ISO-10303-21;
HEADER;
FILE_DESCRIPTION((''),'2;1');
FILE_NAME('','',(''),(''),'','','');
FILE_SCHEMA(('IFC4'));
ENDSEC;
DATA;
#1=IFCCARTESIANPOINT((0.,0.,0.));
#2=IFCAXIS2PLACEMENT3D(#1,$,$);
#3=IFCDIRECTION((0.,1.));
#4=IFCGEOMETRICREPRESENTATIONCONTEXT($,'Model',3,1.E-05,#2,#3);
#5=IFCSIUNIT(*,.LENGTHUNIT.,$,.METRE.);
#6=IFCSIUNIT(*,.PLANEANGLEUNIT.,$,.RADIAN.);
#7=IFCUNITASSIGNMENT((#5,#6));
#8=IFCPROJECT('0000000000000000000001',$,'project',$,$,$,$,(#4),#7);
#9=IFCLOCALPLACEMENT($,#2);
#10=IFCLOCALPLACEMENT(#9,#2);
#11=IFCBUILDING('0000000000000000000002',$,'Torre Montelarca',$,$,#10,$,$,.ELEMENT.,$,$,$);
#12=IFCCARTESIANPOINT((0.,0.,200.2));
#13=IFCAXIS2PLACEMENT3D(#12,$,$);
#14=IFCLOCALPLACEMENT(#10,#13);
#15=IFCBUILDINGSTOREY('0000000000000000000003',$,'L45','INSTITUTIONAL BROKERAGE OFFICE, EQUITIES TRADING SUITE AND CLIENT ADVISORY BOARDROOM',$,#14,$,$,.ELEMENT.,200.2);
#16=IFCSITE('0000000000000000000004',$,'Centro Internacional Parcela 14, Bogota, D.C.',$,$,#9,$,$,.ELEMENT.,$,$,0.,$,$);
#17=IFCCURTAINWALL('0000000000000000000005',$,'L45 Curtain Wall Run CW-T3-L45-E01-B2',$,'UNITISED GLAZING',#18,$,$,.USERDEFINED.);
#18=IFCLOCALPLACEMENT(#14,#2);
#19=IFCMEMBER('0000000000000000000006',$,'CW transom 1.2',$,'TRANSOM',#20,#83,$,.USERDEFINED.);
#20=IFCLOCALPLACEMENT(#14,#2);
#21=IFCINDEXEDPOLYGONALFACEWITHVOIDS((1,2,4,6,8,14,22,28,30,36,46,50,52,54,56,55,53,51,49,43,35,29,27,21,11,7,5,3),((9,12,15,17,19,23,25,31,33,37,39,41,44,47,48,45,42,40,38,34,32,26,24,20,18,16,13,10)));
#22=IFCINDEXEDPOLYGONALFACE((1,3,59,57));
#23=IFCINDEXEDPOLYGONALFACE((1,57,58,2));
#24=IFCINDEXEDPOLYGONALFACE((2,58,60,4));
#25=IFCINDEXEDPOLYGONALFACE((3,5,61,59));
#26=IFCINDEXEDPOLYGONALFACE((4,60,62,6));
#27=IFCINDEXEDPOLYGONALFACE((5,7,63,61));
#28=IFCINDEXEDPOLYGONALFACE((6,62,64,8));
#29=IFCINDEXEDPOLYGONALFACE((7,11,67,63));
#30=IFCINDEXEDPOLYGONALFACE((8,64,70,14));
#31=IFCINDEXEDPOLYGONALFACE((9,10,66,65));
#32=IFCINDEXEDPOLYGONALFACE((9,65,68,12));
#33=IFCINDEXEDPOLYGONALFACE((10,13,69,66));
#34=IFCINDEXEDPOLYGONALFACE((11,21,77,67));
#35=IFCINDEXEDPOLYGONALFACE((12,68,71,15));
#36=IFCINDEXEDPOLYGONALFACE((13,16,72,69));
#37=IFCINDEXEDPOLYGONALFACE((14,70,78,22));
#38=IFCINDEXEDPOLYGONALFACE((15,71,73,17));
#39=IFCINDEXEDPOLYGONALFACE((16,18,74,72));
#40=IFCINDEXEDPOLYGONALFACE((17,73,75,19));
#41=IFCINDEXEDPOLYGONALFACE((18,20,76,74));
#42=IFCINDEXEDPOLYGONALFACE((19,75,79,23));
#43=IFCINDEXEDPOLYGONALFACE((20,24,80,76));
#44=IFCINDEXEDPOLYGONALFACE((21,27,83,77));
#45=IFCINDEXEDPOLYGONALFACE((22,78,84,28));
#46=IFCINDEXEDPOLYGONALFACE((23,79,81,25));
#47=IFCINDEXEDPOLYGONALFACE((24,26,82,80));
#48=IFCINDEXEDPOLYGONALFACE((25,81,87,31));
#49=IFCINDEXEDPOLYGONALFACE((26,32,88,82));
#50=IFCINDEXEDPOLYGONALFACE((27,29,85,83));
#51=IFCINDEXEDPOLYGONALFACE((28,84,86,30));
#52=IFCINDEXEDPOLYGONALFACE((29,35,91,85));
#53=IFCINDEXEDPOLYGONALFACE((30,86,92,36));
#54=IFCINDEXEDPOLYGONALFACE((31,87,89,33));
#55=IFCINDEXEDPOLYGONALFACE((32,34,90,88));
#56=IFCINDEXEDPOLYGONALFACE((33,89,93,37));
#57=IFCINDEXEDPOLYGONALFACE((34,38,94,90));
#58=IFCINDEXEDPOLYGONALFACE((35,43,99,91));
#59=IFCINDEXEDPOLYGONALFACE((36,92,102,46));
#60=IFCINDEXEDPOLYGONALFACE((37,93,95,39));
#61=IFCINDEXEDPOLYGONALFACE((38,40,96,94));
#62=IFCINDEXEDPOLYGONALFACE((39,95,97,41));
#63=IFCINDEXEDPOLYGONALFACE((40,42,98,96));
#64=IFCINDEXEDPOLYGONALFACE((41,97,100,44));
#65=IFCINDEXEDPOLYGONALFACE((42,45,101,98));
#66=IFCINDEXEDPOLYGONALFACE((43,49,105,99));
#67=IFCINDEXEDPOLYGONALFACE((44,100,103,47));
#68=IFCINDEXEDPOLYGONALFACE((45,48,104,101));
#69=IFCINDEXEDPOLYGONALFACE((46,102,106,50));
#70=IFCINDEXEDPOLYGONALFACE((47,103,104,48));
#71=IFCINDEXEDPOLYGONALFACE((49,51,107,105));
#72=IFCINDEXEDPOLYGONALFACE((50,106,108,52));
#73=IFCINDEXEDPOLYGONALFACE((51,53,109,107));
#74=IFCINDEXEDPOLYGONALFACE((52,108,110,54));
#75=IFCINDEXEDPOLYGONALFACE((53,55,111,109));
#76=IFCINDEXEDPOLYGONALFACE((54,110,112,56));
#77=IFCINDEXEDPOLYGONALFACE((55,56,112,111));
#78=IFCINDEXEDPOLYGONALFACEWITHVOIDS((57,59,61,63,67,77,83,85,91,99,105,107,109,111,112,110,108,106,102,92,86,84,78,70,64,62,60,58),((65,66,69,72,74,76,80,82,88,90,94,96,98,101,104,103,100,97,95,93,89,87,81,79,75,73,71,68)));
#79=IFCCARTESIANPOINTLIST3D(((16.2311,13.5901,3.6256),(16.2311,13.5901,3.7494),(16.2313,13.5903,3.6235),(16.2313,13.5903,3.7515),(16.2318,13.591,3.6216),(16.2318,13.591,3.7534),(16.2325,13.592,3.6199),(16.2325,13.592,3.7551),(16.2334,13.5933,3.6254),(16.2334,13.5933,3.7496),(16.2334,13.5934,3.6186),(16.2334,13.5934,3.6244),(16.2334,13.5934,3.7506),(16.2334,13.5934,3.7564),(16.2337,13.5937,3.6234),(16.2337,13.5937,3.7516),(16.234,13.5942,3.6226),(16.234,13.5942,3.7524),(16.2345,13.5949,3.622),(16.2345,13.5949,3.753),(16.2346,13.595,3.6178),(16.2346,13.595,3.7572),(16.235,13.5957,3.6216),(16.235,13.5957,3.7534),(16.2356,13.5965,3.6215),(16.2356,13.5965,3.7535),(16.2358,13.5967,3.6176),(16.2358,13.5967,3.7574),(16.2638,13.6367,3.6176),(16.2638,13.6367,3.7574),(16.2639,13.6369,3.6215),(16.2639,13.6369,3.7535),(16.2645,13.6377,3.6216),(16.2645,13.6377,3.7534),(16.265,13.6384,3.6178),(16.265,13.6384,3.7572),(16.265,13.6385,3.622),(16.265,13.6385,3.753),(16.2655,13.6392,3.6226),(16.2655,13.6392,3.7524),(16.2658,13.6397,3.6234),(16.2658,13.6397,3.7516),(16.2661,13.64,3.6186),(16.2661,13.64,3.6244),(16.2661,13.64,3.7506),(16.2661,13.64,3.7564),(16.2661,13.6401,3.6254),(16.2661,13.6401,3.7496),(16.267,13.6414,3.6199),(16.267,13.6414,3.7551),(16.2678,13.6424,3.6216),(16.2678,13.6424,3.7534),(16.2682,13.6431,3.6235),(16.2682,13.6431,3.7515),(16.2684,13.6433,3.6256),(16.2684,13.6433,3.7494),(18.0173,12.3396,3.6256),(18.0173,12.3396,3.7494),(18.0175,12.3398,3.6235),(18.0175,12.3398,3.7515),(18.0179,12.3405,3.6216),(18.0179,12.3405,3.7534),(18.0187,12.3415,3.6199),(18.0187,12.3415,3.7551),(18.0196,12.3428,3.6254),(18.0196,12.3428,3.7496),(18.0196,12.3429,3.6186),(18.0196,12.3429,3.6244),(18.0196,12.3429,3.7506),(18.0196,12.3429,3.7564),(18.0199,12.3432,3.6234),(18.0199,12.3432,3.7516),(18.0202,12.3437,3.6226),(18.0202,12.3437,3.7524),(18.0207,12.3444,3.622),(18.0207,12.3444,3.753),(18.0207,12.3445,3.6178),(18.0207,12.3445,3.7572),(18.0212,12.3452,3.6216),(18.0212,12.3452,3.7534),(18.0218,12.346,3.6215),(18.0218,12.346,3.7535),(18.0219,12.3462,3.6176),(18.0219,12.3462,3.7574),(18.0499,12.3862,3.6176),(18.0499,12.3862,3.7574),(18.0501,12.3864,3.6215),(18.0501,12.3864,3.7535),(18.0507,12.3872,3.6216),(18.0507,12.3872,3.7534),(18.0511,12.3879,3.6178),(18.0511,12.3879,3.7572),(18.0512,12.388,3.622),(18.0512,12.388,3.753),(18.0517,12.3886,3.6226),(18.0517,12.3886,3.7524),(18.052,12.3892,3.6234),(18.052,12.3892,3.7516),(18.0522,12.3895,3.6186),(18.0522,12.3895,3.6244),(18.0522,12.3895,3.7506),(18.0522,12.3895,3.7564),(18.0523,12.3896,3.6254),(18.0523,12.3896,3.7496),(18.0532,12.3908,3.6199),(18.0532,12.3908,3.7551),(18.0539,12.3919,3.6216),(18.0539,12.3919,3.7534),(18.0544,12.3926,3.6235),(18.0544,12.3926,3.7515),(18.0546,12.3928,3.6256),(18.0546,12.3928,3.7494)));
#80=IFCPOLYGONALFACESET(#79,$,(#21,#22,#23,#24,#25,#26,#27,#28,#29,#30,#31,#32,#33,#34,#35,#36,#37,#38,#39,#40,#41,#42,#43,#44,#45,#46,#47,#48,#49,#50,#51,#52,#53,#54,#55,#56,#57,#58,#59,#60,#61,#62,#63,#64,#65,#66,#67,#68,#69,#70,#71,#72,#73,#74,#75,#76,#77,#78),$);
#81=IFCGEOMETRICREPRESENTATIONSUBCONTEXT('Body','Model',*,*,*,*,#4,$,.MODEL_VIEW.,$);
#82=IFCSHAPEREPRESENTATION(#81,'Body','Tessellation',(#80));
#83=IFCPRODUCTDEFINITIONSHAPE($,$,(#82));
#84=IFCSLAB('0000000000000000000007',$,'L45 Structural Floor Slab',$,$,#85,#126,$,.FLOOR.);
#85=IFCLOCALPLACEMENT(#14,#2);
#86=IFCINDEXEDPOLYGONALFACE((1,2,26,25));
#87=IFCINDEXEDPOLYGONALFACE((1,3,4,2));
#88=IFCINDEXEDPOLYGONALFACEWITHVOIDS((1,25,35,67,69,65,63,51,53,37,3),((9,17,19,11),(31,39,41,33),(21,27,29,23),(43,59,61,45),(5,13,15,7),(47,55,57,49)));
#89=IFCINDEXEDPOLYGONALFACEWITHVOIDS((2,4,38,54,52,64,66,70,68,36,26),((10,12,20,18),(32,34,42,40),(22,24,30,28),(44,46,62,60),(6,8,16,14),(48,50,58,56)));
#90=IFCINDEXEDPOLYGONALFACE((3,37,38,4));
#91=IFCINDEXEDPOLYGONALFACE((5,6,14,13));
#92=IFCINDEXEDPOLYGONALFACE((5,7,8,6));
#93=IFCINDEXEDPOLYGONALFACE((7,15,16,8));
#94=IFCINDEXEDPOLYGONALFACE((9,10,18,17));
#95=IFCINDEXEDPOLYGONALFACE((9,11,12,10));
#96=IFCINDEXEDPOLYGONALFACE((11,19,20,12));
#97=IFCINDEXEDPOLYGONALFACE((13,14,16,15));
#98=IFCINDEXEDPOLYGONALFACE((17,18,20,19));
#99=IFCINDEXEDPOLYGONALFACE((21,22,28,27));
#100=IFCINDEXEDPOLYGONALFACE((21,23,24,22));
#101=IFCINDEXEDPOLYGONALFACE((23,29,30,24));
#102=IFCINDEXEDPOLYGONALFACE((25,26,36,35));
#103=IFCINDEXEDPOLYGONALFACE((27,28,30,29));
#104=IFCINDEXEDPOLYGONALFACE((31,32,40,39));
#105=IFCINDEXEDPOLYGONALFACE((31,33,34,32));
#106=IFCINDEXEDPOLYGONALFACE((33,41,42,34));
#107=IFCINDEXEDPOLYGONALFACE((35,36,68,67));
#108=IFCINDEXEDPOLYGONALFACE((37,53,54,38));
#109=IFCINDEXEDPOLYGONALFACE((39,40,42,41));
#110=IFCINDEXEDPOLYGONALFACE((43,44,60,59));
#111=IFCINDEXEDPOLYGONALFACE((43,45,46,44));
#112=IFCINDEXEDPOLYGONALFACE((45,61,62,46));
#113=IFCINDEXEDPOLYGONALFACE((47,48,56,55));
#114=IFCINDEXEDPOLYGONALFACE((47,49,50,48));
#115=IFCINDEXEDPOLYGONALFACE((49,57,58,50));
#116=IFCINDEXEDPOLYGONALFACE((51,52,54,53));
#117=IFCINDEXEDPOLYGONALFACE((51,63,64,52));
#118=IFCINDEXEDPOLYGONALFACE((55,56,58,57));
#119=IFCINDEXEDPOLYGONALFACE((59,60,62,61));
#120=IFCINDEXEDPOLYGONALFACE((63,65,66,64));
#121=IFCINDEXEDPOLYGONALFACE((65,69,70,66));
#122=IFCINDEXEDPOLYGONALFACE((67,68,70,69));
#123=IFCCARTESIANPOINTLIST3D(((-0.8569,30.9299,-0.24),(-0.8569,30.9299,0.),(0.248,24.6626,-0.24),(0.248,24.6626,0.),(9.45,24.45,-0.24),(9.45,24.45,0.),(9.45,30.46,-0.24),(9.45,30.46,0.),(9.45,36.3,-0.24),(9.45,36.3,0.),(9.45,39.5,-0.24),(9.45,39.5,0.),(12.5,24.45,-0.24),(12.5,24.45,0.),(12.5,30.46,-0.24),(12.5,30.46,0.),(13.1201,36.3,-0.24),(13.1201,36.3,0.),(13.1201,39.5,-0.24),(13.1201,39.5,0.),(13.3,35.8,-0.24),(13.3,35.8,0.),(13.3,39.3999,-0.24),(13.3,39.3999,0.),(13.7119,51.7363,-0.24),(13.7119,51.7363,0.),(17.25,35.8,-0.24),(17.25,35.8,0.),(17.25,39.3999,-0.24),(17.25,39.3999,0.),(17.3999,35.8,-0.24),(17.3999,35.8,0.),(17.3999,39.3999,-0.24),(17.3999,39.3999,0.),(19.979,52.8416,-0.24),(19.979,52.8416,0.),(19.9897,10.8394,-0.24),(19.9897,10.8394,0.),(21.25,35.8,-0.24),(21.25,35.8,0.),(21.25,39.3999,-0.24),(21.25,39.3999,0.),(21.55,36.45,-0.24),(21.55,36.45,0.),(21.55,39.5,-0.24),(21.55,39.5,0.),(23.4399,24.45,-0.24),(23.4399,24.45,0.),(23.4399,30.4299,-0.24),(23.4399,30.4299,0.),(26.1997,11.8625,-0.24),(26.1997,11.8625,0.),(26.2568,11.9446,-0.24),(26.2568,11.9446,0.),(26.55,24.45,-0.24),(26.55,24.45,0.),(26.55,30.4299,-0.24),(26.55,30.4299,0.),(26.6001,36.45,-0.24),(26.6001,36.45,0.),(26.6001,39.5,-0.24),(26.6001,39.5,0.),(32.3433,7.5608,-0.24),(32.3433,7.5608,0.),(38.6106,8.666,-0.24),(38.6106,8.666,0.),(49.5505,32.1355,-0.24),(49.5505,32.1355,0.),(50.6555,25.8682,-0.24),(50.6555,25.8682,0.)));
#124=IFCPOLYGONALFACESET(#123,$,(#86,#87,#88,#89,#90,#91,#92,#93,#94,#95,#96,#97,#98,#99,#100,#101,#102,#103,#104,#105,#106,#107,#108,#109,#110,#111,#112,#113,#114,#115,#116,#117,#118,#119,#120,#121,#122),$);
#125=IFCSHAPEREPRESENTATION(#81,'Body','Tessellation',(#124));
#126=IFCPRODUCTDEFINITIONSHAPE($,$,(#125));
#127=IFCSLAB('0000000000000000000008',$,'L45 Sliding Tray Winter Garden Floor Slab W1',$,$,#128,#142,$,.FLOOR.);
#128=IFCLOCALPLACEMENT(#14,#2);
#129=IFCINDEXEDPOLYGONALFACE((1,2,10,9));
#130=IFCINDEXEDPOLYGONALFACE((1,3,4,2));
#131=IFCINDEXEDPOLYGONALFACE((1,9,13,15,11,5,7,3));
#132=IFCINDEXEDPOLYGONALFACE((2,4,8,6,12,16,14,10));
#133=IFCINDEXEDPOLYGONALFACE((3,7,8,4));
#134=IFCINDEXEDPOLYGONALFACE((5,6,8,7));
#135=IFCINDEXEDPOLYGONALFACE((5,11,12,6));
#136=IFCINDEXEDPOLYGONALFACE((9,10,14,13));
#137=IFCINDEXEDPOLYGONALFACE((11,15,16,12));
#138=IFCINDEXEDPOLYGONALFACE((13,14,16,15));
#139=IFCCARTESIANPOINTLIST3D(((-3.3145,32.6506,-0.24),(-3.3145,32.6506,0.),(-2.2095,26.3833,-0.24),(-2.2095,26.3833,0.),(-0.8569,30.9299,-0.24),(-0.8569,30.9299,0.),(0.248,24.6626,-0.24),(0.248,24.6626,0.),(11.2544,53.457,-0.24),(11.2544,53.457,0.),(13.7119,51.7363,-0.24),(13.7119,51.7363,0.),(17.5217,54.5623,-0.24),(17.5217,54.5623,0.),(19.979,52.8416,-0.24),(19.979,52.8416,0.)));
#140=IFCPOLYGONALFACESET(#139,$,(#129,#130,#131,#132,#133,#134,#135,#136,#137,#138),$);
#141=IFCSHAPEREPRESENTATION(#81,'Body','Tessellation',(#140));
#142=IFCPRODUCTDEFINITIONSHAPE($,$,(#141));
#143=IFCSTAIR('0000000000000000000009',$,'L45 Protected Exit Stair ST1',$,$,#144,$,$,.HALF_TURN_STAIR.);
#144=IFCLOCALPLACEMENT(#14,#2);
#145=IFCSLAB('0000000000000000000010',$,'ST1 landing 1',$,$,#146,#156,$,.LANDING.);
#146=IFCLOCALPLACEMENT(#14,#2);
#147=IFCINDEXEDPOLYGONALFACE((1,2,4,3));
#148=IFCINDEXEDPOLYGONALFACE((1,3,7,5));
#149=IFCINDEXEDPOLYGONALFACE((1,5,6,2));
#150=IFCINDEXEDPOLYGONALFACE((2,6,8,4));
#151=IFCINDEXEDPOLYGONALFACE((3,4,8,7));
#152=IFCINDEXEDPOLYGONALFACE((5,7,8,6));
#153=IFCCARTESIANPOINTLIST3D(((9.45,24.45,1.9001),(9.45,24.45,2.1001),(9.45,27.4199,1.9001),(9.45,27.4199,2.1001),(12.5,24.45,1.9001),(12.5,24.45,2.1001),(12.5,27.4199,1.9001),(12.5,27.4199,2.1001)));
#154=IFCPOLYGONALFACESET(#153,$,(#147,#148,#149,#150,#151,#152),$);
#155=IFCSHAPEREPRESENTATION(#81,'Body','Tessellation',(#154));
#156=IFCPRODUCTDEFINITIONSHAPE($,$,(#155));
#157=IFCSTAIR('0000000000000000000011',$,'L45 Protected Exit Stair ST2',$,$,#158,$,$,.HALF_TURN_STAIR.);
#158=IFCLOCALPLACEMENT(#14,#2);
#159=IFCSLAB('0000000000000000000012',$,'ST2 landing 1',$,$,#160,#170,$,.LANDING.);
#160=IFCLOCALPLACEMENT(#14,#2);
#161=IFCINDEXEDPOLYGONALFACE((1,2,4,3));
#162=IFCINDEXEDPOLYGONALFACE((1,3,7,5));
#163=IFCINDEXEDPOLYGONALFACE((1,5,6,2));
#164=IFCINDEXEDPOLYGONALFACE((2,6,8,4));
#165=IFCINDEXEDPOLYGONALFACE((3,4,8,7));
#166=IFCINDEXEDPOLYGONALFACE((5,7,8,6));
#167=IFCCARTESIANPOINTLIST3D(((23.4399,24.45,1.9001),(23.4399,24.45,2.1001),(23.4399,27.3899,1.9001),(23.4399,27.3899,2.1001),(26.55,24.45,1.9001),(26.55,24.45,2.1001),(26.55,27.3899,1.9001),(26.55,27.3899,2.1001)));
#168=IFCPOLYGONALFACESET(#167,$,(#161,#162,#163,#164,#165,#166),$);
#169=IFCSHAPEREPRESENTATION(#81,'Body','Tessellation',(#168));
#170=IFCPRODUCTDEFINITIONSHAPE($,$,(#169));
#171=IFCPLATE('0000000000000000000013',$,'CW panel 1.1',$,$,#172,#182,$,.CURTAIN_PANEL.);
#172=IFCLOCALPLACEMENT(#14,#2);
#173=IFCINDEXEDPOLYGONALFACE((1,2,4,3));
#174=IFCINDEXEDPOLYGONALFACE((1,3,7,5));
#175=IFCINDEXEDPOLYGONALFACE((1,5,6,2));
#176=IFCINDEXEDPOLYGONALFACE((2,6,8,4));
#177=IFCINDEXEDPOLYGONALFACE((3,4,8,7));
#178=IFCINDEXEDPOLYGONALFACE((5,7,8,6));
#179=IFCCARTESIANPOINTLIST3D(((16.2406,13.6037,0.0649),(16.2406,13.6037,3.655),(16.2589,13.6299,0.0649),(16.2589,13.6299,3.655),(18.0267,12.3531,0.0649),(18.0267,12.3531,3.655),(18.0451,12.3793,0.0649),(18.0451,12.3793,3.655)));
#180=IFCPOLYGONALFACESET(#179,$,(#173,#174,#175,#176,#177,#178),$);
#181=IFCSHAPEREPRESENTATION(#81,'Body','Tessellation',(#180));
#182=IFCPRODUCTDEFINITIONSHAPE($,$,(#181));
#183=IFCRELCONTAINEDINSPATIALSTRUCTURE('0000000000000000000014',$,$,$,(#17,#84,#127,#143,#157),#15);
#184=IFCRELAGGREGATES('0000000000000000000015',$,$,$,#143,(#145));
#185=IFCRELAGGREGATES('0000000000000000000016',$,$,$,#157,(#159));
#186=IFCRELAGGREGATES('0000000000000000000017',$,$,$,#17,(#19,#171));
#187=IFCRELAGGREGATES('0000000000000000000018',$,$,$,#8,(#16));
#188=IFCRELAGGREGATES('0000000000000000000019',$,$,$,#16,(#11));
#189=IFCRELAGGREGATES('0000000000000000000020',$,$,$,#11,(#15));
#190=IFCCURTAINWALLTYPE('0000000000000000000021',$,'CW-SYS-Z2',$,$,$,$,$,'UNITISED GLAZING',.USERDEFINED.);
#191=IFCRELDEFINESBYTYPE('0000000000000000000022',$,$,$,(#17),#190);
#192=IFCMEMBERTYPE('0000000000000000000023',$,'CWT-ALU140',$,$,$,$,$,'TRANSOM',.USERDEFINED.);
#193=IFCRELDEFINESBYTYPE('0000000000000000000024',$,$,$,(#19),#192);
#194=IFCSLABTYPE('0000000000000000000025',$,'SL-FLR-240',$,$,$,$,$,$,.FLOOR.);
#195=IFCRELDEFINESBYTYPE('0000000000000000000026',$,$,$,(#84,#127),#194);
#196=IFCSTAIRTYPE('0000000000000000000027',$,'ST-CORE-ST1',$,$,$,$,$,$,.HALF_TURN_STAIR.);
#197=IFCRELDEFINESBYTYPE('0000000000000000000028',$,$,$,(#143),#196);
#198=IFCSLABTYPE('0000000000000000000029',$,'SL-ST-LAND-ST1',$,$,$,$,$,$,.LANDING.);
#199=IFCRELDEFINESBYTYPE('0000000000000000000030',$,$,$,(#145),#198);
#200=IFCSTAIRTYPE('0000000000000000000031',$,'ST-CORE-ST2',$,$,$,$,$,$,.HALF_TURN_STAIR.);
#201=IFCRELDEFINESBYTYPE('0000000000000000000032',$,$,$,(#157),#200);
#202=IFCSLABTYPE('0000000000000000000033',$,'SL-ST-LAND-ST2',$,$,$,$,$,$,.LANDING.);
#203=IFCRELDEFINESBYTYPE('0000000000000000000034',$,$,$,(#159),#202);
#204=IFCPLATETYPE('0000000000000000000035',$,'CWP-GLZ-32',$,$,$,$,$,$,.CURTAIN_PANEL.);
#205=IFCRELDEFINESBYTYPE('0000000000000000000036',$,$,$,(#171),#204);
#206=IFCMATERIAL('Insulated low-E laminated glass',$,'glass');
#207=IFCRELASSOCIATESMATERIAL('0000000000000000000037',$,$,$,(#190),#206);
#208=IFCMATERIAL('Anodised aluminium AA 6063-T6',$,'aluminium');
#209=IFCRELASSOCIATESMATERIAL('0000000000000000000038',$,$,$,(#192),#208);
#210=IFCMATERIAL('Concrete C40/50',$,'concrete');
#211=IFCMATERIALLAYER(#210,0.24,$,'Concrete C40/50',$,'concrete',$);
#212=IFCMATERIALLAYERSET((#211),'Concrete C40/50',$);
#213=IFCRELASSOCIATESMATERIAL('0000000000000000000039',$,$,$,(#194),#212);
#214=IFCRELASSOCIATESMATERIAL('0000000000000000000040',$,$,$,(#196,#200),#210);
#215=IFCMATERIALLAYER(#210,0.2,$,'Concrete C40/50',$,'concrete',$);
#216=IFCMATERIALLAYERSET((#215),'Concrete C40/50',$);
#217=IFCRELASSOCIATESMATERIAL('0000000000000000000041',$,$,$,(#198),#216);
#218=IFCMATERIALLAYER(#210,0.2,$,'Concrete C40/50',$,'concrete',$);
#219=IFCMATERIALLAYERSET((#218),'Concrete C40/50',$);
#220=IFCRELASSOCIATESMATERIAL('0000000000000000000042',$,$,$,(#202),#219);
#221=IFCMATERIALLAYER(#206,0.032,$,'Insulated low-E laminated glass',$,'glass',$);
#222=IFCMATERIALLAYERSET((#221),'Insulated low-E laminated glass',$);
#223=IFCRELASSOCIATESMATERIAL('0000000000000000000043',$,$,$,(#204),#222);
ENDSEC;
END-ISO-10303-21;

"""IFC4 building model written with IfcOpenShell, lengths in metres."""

from ifc_helpers import new_model, si_unit, direction, frame, origin, origin_2d, place, context, subcontext, project, spatial, polyline, rectangle, hollow_rectangle, outline, extrude, source, transform, mapped, material, layer, layer_set, material_profile, profile_set, type_object, element, aggregate, save


model = new_model("IFC4")

# Units and contexts
model_context = context("Model", 3, precision=1e-05, world=origin(), true_north=direction((0.0, 1.0)))
body_context = subcontext(model_context, "Body", "Model", "MODEL_VIEW")
ifc_project = project(units=[si_unit("LENGTHUNIT", "METRE"), si_unit("PLANEANGLEUNIT", "RADIAN")], contexts=[model_context])

# Site, building, storey
site_placement = place(None, origin())
site = spatial("IfcSite", under=ifc_project, at=site_placement, Name="Centro Internacional Parcela 14, Bogota, D.C.", CompositionType="ELEMENT", RefElevation=0.0)
building_placement = place(site_placement, origin())
building = spatial("IfcBuilding", under=site, at=building_placement, Name="Torre Montelarca", CompositionType="ELEMENT")
storey_placement = place(building_placement, frame((0.0, 0.0, 200.2)))
storey = spatial("IfcBuildingStorey", under=building, at=storey_placement, Name="L45", Description="INSTITUTIONAL BROKERAGE OFFICE, EQUITIES TRADING SUITE AND CLIENT ADVISORY BOARDROOM", CompositionType="ELEMENT", Elevation=200.2)

# Curtain wall
ifc_material_1 = material(Name="Insulated low-E laminated glass", Category="glass")
curtain_wall_type = type_object("IfcCurtainWallType", Name="CW-SYS-Z2", ElementType="UNITISED GLAZING", PredefinedType="USERDEFINED", material=ifc_material_1)
ifc_material_2 = material(Name="Anodised aluminium AA 6063-T6", Category="aluminium")
curtain_wall_1_placement = place(storey_placement, origin())
curtain_wall_1 = element("IfcCurtainWall", 1, at=curtain_wall_1_placement, inside=storey, type_object=curtain_wall_type, Name="L45 Curtain Wall Run CW-T3-L45-E01-B2", ObjectType="UNITISED GLAZING", PredefinedType="USERDEFINED")

# Member
ifc_material_profile_1 = material_profile(ifc_material_2, hollow_rectangle(XDim=0.0649, YDim=0.1399, WallThickness=0.0039, InnerFilletRadius=0.0039, OuterFilletRadius=0.0081, at=origin_2d()), Name="ALU65X140X4", Category="aluminium")
ifc_profile_set_1 = profile_set([ifc_material_profile_1], Name="Anodised aluminium AA 6063-T6")
member_type_1 = type_object("IfcMemberType", Name="CWT-ALU140", ElementType="TRANSOM", PredefinedType="USERDEFINED", material=ifc_profile_set_1)
shared_shape_1 = source(origin(), body_context, "Body", "SweptSolid", [
    extrude(hollow_rectangle(XDim=0.0649, YDim=0.1399, WallThickness=0.0039, InnerFilletRadius=0.0039, OuterFilletRadius=0.0081, at=origin_2d()), origin(), (0.0, 0.0, 1.0), 2.1804),
])
member_1_placement = place(storey_placement, frame((16.2498, 13.6167, 3.6875), z_axis=(0.81919, -0.573522, 0.0), x_axis=(0.573522, 0.81919, 0.0)))
member_1 = element("IfcMember", 2, at=member_1_placement, type_object=member_type_1, Name="CW transom 1.2", ObjectType="TRANSOM", PredefinedType="USERDEFINED", context=body_context, shape_type="MappedRepresentation", body=[
    mapped(shared_shape_1, transform((0.0, 0.0, 0.0), scale=1.0)),
])

# Slabs
ifc_material_3 = material(Name="Concrete C40/50", Category="concrete")
ifc_layer_1 = layer(ifc_material_3, 0.24, Name="Concrete C40/50", Category="concrete")
ifc_layer_set_1 = layer_set([ifc_layer_1], Name="Concrete C40/50")
slab_type_1 = type_object("IfcSlabType", Name="SL-FLR-240", PredefinedType="FLOOR", material=ifc_layer_set_1)
slab_1_placement = place(storey_placement, frame((0.0, 0.0, -0.24)))
element("IfcSlab", 3, at=slab_1_placement, inside=storey, type_object=slab_type_1, Name="L45 Structural Floor Slab", PredefinedType="FLOOR", context=body_context, shape_type="SweptSolid", body=[
    extrude(outline(polyline([(19.9897, 10.8394), (26.2568, 11.9446), (26.1997, 11.8625), (32.3433, 7.5608), (38.6106, 8.666), (50.6555, 25.8682), (49.5505, 32.1355), (19.979, 52.8416), (13.7119, 51.7363), (-0.8569, 30.9299), (0.248, 24.6626), (19.9897, 10.8394)]), holes=[polyline([(26.55, 24.45), (23.4399, 24.45), (23.4399, 30.4299), (26.55, 30.4299), (26.55, 24.45)]), polyline([(9.45, 24.45), (9.45, 30.46), (12.5, 30.46), (12.5, 24.45), (9.45, 24.45)]), polyline([(17.25, 35.8), (13.3, 35.8), (13.3, 39.3999), (17.25, 39.3999), (17.25, 35.8)]), polyline([(21.25, 39.3999), (21.25, 35.8), (17.3999, 35.8), (17.3999, 39.3999), (21.25, 39.3999)]), polyline([(13.1201, 36.3), (9.45, 36.3), (9.45, 39.5), (13.1201, 39.5), (13.1201, 36.3)]), polyline([(26.6001, 36.45), (21.55, 36.45), (21.55, 39.5), (26.6001, 39.5), (26.6001, 36.45)])]), origin(), (0.0, 0.0, 1.0), 0.24),
])
slab_2_placement = place(storey_placement, frame((0.0, 0.0, -0.24)))
element("IfcSlab", 4, at=slab_2_placement, inside=storey, type_object=slab_type_1, Name="L45 Sliding Tray Winter Garden Floor Slab W1", PredefinedType="FLOOR", context=body_context, shape_type="SweptSolid", body=[
    extrude(outline(polyline([(0.248, 24.6626), (-0.8569, 30.9299), (13.7119, 51.7363), (19.979, 52.8416), (17.5217, 54.5623), (11.2544, 53.457), (-3.3145, 32.6506), (-2.2095, 26.3833), (0.248, 24.6626)])), origin(), (0.0, 0.0, 1.0), 0.24),
])

# Stairs, slabs
stair_type_1 = type_object("IfcStairType", Name="ST-CORE-ST1", PredefinedType="HALF_TURN_STAIR", material=ifc_material_3)
stair_1_placement = place(storey_placement, origin())
stair_1 = element("IfcStair", 5, at=stair_1_placement, inside=storey, type_object=stair_type_1, Name="L45 Protected Exit Stair ST1", PredefinedType="HALF_TURN_STAIR")
ifc_layer_2 = layer(ifc_material_3, 0.2, Name="Concrete C40/50", Category="concrete")
ifc_layer_set_2 = layer_set([ifc_layer_2], Name="Concrete C40/50")
slab_type_2 = type_object("IfcSlabType", Name="SL-ST-LAND-ST1", PredefinedType="LANDING", material=ifc_layer_set_2)
slab_3_placement = place(storey_placement, frame((0.0, 0.0, 1.9001)))
slab_3 = element("IfcSlab", 6, at=slab_3_placement, type_object=slab_type_2, Name="ST1 landing 1", PredefinedType="LANDING", context=body_context, shape_type="SweptSolid", body=[
    extrude(outline(polyline([(9.45, 27.4199), (9.45, 24.45), (12.5, 24.45), (12.5, 27.4199), (9.45, 27.4199)])), origin(), (0.0, 0.0, 1.0), 0.2),
])
aggregate(stair_1, [slab_3])
stair_type_2 = type_object("IfcStairType", Name="ST-CORE-ST2", PredefinedType="HALF_TURN_STAIR", material=ifc_material_3)
stair_2_placement = place(storey_placement, origin())
stair_2 = element("IfcStair", 7, at=stair_2_placement, inside=storey, type_object=stair_type_2, Name="L45 Protected Exit Stair ST2", PredefinedType="HALF_TURN_STAIR")
ifc_layer_3 = layer(ifc_material_3, 0.2, Name="Concrete C40/50", Category="concrete")
ifc_layer_set_3 = layer_set([ifc_layer_3], Name="Concrete C40/50")
slab_type_3 = type_object("IfcSlabType", Name="SL-ST-LAND-ST2", PredefinedType="LANDING", material=ifc_layer_set_3)
slab_4_placement = place(storey_placement, frame((0.0, 0.0, 1.9001)))
slab_4 = element("IfcSlab", 8, at=slab_4_placement, type_object=slab_type_3, Name="ST2 landing 1", PredefinedType="LANDING", context=body_context, shape_type="SweptSolid", body=[
    extrude(outline(polyline([(23.4399, 27.3899), (23.4399, 24.45), (26.55, 24.45), (26.55, 27.3899), (23.4399, 27.3899)])), origin(), (0.0, 0.0, 1.0), 0.2),
])
aggregate(stair_2, [slab_4])

# Plate
ifc_layer_4 = layer(ifc_material_1, 0.032, Name="Insulated low-E laminated glass", Category="glass")
ifc_layer_set_4 = layer_set([ifc_layer_4], Name="Insulated low-E laminated glass")
plate_type = type_object("IfcPlateType", Name="CWP-GLZ-32", PredefinedType="CURTAIN_PANEL", material=ifc_layer_set_4)
shared_shape_2 = source(origin(), body_context, "Body", "SweptSolid", [
    extrude(rectangle(XDim=2.1804, YDim=0.032, at=origin_2d()), origin(), (0.0, 0.0, 1.0), 3.5901),
])
plate_1_placement = place(storey_placement, frame((17.1428, 12.9915, 0.0649), z_axis=(0.0, 0.0, 1.0), x_axis=(0.819163, -0.573561, 0.0)))
plate_1 = element("IfcPlate", 9, at=plate_1_placement, type_object=plate_type, Name="CW panel 1.1", PredefinedType="CURTAIN_PANEL", context=body_context, shape_type="MappedRepresentation", body=[
    mapped(shared_shape_2, transform((0.0, 0.0, 0.0), scale=1.0)),
])
aggregate(curtain_wall_1, [member_1, plate_1])

save(model, "model.ifc")
